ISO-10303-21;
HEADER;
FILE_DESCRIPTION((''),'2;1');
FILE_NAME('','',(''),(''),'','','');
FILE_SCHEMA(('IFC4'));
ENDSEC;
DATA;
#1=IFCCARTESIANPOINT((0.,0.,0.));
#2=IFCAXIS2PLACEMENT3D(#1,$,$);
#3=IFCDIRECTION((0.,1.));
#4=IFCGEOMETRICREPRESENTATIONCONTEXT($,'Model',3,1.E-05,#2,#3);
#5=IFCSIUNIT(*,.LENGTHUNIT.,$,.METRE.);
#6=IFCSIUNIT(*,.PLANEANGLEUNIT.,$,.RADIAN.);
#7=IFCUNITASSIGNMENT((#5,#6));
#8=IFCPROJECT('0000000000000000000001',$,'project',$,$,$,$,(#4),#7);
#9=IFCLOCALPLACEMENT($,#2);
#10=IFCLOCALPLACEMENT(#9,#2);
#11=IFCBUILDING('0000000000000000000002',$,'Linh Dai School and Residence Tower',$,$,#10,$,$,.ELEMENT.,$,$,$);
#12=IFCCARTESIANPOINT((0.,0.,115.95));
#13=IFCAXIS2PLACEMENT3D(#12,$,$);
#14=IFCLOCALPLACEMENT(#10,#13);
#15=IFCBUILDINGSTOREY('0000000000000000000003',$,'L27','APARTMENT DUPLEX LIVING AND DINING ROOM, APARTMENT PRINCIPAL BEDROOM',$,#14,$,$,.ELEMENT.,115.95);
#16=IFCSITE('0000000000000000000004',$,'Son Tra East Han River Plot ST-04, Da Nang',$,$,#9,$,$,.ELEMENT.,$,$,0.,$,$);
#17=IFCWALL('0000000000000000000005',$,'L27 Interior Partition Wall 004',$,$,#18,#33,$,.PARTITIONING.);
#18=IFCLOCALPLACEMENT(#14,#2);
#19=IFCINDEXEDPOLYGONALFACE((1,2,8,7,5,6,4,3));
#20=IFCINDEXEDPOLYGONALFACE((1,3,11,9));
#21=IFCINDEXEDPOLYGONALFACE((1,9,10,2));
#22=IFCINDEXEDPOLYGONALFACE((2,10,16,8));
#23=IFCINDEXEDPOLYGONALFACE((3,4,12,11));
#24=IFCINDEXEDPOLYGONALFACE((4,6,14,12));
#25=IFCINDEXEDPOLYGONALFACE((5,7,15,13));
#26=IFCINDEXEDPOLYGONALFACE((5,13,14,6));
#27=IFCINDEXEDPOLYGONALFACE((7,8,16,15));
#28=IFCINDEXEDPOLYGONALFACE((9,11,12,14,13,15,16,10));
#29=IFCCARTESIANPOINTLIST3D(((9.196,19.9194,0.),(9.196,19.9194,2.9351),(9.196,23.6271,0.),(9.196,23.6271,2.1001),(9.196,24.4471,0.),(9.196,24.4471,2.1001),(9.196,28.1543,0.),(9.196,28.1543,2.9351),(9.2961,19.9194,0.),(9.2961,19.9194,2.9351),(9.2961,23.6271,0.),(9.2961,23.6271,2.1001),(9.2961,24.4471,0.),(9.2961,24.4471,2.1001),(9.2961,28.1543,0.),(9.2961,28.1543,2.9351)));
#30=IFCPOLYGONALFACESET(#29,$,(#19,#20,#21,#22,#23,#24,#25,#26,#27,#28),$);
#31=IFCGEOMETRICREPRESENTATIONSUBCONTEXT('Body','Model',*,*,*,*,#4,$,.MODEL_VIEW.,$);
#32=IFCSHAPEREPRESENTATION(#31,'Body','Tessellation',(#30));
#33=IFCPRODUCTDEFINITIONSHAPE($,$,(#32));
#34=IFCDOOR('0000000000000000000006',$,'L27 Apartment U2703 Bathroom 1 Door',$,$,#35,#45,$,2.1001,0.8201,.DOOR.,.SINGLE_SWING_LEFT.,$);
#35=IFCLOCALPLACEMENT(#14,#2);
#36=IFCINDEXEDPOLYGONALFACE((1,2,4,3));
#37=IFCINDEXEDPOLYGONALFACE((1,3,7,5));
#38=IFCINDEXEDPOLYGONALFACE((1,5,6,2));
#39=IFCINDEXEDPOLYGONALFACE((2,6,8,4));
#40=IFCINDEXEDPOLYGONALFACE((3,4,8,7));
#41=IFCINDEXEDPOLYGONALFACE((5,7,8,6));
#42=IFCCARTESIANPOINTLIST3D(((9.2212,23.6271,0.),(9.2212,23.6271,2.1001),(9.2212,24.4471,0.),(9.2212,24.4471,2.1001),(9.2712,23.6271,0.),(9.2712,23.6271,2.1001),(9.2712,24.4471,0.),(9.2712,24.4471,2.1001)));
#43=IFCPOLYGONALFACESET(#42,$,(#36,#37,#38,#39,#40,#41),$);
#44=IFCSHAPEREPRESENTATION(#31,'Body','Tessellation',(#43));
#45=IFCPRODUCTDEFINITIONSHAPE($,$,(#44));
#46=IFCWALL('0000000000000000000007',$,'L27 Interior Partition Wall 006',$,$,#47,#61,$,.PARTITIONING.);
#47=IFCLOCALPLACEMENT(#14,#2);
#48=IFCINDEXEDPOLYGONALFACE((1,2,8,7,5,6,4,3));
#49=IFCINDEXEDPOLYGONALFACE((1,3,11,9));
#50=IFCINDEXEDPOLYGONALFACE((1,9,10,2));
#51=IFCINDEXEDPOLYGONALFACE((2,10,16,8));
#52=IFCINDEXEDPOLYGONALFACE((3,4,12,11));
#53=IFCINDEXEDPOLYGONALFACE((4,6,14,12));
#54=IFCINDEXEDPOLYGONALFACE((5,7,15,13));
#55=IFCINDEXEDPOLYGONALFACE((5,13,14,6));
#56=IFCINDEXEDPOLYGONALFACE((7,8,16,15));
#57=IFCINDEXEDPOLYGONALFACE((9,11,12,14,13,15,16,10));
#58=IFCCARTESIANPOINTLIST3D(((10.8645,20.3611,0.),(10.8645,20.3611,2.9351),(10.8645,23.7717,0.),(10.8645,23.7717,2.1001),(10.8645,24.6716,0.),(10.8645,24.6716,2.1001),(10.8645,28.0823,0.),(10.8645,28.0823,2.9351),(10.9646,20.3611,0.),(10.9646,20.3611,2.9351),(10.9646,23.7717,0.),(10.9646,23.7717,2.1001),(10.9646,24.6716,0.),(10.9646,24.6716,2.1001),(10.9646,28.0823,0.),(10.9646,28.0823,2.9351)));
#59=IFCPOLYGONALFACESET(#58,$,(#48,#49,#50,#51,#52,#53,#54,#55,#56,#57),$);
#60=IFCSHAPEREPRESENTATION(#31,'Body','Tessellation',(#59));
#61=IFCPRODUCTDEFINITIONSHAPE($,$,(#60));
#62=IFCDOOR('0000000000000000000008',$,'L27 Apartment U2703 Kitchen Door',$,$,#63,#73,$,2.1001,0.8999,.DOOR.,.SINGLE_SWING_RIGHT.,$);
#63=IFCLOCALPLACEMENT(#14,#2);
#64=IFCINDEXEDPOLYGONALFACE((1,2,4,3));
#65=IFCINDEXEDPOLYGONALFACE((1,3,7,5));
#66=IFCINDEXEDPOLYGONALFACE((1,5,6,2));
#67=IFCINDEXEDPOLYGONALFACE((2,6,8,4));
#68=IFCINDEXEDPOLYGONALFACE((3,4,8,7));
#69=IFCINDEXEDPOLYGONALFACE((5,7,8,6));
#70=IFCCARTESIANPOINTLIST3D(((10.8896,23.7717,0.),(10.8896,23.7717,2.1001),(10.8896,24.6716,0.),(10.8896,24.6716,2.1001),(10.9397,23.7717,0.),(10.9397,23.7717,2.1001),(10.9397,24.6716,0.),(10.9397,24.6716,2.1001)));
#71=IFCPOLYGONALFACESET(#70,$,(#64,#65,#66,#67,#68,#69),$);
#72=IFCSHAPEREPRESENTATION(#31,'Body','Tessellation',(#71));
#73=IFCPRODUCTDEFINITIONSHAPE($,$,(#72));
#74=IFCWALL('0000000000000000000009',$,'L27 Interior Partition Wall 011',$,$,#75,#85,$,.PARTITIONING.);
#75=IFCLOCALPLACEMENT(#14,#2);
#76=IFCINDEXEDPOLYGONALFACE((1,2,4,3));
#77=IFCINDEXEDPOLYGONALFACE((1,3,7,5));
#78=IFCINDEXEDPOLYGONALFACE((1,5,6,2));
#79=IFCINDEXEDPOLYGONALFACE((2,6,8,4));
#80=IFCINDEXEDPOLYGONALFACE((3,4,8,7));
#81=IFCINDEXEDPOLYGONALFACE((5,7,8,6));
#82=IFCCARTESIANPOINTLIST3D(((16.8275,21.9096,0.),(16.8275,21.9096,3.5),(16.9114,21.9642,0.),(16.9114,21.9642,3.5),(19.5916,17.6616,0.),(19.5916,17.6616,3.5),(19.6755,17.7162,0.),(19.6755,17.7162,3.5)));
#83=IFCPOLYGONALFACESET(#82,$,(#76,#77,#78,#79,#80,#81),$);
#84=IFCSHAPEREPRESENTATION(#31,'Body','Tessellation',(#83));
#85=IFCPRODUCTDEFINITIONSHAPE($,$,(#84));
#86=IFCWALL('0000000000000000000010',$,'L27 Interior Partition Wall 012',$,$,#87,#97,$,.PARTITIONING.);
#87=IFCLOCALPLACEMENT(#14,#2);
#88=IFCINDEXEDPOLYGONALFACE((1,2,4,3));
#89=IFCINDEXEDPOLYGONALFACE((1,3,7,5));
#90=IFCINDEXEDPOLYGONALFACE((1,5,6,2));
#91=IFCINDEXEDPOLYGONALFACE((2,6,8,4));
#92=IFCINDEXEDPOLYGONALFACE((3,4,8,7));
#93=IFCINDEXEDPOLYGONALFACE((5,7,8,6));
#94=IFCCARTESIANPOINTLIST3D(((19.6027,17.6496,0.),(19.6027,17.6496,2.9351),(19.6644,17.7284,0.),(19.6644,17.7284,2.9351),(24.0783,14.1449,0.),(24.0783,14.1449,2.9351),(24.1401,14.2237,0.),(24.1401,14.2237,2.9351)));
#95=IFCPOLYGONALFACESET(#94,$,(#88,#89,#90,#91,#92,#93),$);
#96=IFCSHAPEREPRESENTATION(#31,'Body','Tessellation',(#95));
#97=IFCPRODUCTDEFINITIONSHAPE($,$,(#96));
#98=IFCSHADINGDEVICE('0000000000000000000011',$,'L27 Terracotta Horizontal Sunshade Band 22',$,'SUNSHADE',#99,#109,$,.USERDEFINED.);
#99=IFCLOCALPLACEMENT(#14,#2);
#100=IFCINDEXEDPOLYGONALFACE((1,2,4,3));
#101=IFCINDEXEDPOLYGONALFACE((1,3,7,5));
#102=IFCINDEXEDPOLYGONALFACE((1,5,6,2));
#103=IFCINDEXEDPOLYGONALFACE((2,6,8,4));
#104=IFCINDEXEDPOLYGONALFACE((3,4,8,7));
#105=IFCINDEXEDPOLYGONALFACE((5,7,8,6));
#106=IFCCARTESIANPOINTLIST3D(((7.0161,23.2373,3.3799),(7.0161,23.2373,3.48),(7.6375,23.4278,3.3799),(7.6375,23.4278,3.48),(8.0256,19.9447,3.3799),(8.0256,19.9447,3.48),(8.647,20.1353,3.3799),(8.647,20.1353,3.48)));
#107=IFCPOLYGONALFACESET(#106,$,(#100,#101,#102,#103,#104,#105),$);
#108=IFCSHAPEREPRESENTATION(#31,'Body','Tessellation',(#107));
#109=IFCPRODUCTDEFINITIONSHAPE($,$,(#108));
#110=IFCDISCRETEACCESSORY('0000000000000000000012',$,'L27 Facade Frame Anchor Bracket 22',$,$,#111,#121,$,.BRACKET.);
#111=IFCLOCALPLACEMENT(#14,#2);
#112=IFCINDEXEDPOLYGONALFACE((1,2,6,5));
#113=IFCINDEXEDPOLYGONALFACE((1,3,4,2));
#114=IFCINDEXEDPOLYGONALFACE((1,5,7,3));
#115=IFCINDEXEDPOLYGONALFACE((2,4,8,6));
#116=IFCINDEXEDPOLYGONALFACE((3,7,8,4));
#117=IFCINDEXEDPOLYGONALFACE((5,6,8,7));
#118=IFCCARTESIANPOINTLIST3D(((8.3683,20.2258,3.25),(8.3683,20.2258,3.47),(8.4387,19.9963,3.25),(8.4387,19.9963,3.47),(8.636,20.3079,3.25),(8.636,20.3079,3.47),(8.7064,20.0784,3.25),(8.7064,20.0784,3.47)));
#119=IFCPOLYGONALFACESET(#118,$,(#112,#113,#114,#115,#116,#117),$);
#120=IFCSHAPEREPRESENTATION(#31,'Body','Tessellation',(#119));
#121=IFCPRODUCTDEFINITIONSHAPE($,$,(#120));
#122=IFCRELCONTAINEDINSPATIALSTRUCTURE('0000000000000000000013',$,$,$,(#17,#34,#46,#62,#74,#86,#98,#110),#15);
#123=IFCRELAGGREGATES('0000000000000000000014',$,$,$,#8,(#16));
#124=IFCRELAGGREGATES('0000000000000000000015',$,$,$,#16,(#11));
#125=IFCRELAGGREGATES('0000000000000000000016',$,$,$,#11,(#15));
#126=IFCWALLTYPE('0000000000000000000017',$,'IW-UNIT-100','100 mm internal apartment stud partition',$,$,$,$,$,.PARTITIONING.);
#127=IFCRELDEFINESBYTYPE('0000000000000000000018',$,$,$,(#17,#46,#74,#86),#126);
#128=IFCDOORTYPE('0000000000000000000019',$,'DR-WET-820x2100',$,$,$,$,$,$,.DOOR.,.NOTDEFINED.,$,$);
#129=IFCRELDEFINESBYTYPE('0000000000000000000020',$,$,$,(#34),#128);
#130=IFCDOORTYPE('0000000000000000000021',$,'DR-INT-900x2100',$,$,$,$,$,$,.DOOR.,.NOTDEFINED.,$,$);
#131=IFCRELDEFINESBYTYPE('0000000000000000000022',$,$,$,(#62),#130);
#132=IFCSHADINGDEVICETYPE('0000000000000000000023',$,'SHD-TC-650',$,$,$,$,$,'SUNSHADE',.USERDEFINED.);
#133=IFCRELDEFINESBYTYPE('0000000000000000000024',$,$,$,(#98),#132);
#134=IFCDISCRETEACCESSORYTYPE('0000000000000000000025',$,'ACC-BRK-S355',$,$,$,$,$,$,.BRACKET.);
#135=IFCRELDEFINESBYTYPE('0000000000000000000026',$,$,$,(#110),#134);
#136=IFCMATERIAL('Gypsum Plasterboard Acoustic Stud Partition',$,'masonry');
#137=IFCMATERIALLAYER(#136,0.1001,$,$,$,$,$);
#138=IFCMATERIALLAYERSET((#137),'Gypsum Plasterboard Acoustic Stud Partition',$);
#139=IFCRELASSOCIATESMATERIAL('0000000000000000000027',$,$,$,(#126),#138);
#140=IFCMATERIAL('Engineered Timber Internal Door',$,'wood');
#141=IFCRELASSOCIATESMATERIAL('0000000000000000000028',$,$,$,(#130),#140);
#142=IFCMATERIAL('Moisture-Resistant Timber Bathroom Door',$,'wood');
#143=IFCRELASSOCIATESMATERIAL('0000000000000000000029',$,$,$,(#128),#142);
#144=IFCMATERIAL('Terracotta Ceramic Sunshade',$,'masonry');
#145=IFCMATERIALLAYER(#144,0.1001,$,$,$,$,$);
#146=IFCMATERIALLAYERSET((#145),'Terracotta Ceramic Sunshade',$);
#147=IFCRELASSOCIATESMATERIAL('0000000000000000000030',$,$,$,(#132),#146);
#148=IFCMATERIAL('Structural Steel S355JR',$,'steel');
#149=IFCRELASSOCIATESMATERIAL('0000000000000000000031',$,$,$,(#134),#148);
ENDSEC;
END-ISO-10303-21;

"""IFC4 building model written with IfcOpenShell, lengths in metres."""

from ifc_helpers import new_model, si_unit, direction, frame, frame_2d, origin, origin_2d, place, context, subcontext, project, spatial, rectangle, extrude, source, transform, mapped, material, layer, layer_set, type_object, element, fill, save


model = new_model("IFC4")

# Units and contexts
model_context = context("Model", 3, precision=1e-05, world=origin(), true_north=direction((0.0, 1.0)))
body_context = subcontext(model_context, "Body", "Model", "MODEL_VIEW")
ifc_project = project(units=[si_unit("LENGTHUNIT", "METRE"), si_unit("PLANEANGLEUNIT", "RADIAN")], contexts=[model_context])

# Site, building, storey
site_placement = place(None, origin())
site = spatial("IfcSite", under=ifc_project, at=site_placement, Name="Son Tra East Han River Plot ST-04, Da Nang", CompositionType="ELEMENT", RefElevation=0.0)
building_placement = place(site_placement, origin())
building = spatial("IfcBuilding", under=site, at=building_placement, Name="Linh Dai School and Residence Tower", CompositionType="ELEMENT")
storey_placement = place(building_placement, frame((0.0, 0.0, 115.95)))
storey = spatial("IfcBuildingStorey", under=building, at=storey_placement, Name="L27", Description="APARTMENT DUPLEX LIVING AND DINING ROOM, APARTMENT PRINCIPAL BEDROOM", CompositionType="ELEMENT", Elevation=115.95)

# Shared definitions
ifc_material_1 = material(Name="Structural Steel S355JR", Category="steel")

# Walls, openings, doors
ifc_material_2 = material(Name="Gypsum Plasterboard Acoustic Stud Partition", Category="masonry")
ifc_layer_1 = layer(ifc_material_2, 0.1001)
ifc_layer_set_1 = layer_set([ifc_layer_1], Name="Gypsum Plasterboard Acoustic Stud Partition")
wall_type_1 = type_object("IfcWallType", Name="IW-UNIT-100", Description="100 mm internal apartment stud partition", PredefinedType="PARTITIONING", material=ifc_layer_set_1)
ifc_material_3 = material(Name="Engineered Timber Internal Door", Category="wood")
door_type_1 = type_object("IfcDoorType", Name="DR-INT-900x2100", OperationType="NOTDEFINED", PredefinedType="DOOR", material=ifc_material_3)
shared_shape_1 = source(origin(), body_context, "Body", "SweptSolid", [
    extrude(rectangle(XDim=0.8999, YDim=2.1001, at=origin_2d()), frame((0.45, 0.0249, 1.05), z_axis=(0.0, -1.0, 0.0), x_axis=(1.0, 0.0, 0.0)), (0.0, 0.0, 1.0), 0.05),
])
wall_1_placement = place(storey_placement, frame((9.2461, 19.9194, 0.0), z_axis=(0.0, 0.0, 1.0), x_axis=(0.0, 1.0, 0.0)))
wall_1 = element("IfcWall", 1, at=wall_1_placement, inside=storey, type_object=wall_type_1, Name="L27 Interior Partition Wall 004", PredefinedType="PARTITIONING", context=body_context, shape_type="SweptSolid", body=[
    extrude(rectangle(XDim=8.2349, YDim=0.1001, at=frame_2d((4.1174, 0.0))), origin(), (0.0, 0.0, 1.0), 2.9351),
])
opening_1_placement = place(wall_1_placement, frame((3.7075, 0.0, 0.0)))
opening_1 = element("IfcOpeningElement", 2, at=opening_1_placement, cuts=wall_1, PredefinedType="OPENING", context=body_context, shape_type="SweptSolid", body=[
    extrude(rectangle(XDim=0.8201, YDim=2.1001, at=origin_2d()), frame((0.4102, 0.0601, 1.05), z_axis=(0.0, -1.0, 0.0), x_axis=(1.0, 0.0, 0.0)), (0.0, 0.0, 1.0), 0.1201),
])
ifc_material_4 = material(Name="Moisture-Resistant Timber Bathroom Door", Category="wood")
door_type_2 = type_object("IfcDoorType", Name="DR-WET-820x2100", OperationType="NOTDEFINED", PredefinedType="DOOR", material=ifc_material_4)
shared_shape_2 = source(origin(), body_context, "Body", "SweptSolid", [
    extrude(rectangle(XDim=0.8201, YDim=2.1001, at=origin_2d()), frame((0.4102, 0.0249, 1.05), z_axis=(0.0, -1.0, 0.0), x_axis=(1.0, 0.0, 0.0)), (0.0, 0.0, 1.0), 0.05),
])
door_1_placement = place(opening_1_placement, origin())
door_1 = element("IfcDoor", 3, at=door_1_placement, inside=storey, type_object=door_type_2, Name="L27 Apartment U2703 Bathroom 1 Door", OperationType="SINGLE_SWING_LEFT", OverallHeight=2.1001, OverallWidth=0.8201, PredefinedType="DOOR", context=body_context, shape_type="MappedRepresentation", body=[
    mapped(shared_shape_2, transform((0.0, 0.0, 0.0), x_axis=(1.0, 0.0, 0.0), y_axis=(0.0, 1.0, 0.0), z_axis=(0.0, 0.0, 1.0), scale=1.0)),
])
fill(opening_1, door_1)
wall_2_placement = place(storey_placement, frame((10.9146, 20.3611, 0.0), z_axis=(0.0, 0.0, 1.0), x_axis=(0.0, 1.0, 0.0)))
wall_2 = element("IfcWall", 4, at=wall_2_placement, inside=storey, type_object=wall_type_1, Name="L27 Interior Partition Wall 006", PredefinedType="PARTITIONING", context=body_context, shape_type="SweptSolid", body=[
    extrude(rectangle(XDim=7.7212, YDim=0.1001, at=frame_2d((3.8606, 0.0))), origin(), (0.0, 0.0, 1.0), 2.9351),
])
opening_2_placement = place(wall_2_placement, frame((3.4106, 0.0, 0.0)))
opening_2 = element("IfcOpeningElement", 5, at=opening_2_placement, cuts=wall_2, PredefinedType="OPENING", context=body_context, shape_type="SweptSolid", body=[
    extrude(rectangle(XDim=0.8999, YDim=2.1001, at=origin_2d()), frame((0.45, 0.0601, 1.05), z_axis=(0.0, -1.0, 0.0), x_axis=(1.0, 0.0, 0.0)), (0.0, 0.0, 1.0), 0.1201),
])
door_2_placement = place(opening_2_placement, origin())
door_2 = element("IfcDoor", 6, at=door_2_placement, inside=storey, type_object=door_type_1, Name="L27 Apartment U2703 Kitchen Door", OperationType="SINGLE_SWING_RIGHT", OverallHeight=2.1001, OverallWidth=0.8999, PredefinedType="DOOR", context=body_context, shape_type="MappedRepresentation", body=[
    mapped(shared_shape_1, transform((0.0, 0.0, 0.0), x_axis=(1.0, 0.0, 0.0), y_axis=(0.0, 1.0, 0.0), z_axis=(0.0, 0.0, 1.0), scale=1.0)),
])
fill(opening_2, door_2)

# Walls
wall_3_placement = place(storey_placement, frame((16.8694, 21.937, 0.0), z_axis=(0.0, 0.0, 1.0), x_axis=(0.545395, -0.838179, 0.0)))
element("IfcWall", 7, at=wall_3_placement, inside=storey, type_object=wall_type_1, Name="L27 Interior Partition Wall 011", PredefinedType="PARTITIONING", context=body_context, shape_type="SweptSolid", body=[
    extrude(rectangle(XDim=5.0681, YDim=0.1001, at=frame_2d((2.5342, 0.0))), origin(), (0.0, 0.0, 1.0), 3.5),
])
wall_4_placement = place(storey_placement, frame((19.6335, 17.689, 0.0), z_axis=(0.0, 0.0, 1.0), x_axis=(0.787334, -0.616527, 0.0)))
element("IfcWall", 8, at=wall_4_placement, inside=storey, type_object=wall_type_1, Name="L27 Interior Partition Wall 012", PredefinedType="PARTITIONING", context=body_context, shape_type="SweptSolid", body=[
    extrude(rectangle(XDim=5.6846, YDim=0.1001, at=frame_2d((2.8423, 0.0))), origin(), (0.0, 0.0, 1.0), 2.9351),
])

# Shading device
ifc_material_5 = material(Name="Terracotta Ceramic Sunshade", Category="masonry")
ifc_layer_2 = layer(ifc_material_5, 0.1001)
ifc_layer_set_2 = layer_set([ifc_layer_2], Name="Terracotta Ceramic Sunshade")
shading_device_type = type_object("IfcShadingDeviceType", Name="SHD-TC-650", ElementType="SUNSHADE", PredefinedType="USERDEFINED", material=ifc_layer_set_2)
shared_shape_3 = source(origin(), body_context, "Body", "SweptSolid", [
    extrude(rectangle(XDim=3.4438, YDim=0.6499, at=origin_2d()), origin(), (0.0, 0.0, 1.0), 0.1001),
])
shading_device_placement = place(storey_placement, frame((7.8315, 21.6863, 3.3799), z_axis=(0.0, 0.0, 1.0), x_axis=(-0.293134, 0.956072, 0.0)))
element("IfcShadingDevice", 9, at=shading_device_placement, inside=storey, type_object=shading_device_type, Name="L27 Terracotta Horizontal Sunshade Band 22", ObjectType="SUNSHADE", PredefinedType="USERDEFINED", context=body_context, shape_type="MappedRepresentation", body=[
    mapped(shared_shape_3, transform((0.0, 0.0, 0.0), x_axis=(1.0, 0.0, 0.0), y_axis=(0.0, 1.0, 0.0), z_axis=(0.0, 0.0, 1.0), scale=1.0)),
])

# Discrete accessory
discrete_accessory_type = type_object("IfcDiscreteAccessoryType", Name="ACC-BRK-S355", PredefinedType="BRACKET", material=ifc_material_1)
shared_shape_4 = source(origin(), body_context, "Body", "SweptSolid", [
    extrude(rectangle(XDim=0.28, YDim=0.24, at=origin_2d()), origin(), (0.0, 0.0, 1.0), 0.22),
])
discrete_accessory_placement = place(storey_placement, frame((8.5374, 20.1521, 3.25), z_axis=(0.0, 0.0, 1.0), x_axis=(-0.956072, -0.293134, 0.0)))
element("IfcDiscreteAccessory", 10, at=discrete_accessory_placement, inside=storey, type_object=discrete_accessory_type, Name="L27 Facade Frame Anchor Bracket 22", PredefinedType="BRACKET", context=body_context, shape_type="MappedRepresentation", body=[
    mapped(shared_shape_4, transform((0.0, 0.0, 0.0), x_axis=(1.0, 0.0, 0.0), y_axis=(0.0, 1.0, 0.0), z_axis=(0.0, 0.0, 1.0), scale=1.0)),
])

save(model, "model.ifc")
